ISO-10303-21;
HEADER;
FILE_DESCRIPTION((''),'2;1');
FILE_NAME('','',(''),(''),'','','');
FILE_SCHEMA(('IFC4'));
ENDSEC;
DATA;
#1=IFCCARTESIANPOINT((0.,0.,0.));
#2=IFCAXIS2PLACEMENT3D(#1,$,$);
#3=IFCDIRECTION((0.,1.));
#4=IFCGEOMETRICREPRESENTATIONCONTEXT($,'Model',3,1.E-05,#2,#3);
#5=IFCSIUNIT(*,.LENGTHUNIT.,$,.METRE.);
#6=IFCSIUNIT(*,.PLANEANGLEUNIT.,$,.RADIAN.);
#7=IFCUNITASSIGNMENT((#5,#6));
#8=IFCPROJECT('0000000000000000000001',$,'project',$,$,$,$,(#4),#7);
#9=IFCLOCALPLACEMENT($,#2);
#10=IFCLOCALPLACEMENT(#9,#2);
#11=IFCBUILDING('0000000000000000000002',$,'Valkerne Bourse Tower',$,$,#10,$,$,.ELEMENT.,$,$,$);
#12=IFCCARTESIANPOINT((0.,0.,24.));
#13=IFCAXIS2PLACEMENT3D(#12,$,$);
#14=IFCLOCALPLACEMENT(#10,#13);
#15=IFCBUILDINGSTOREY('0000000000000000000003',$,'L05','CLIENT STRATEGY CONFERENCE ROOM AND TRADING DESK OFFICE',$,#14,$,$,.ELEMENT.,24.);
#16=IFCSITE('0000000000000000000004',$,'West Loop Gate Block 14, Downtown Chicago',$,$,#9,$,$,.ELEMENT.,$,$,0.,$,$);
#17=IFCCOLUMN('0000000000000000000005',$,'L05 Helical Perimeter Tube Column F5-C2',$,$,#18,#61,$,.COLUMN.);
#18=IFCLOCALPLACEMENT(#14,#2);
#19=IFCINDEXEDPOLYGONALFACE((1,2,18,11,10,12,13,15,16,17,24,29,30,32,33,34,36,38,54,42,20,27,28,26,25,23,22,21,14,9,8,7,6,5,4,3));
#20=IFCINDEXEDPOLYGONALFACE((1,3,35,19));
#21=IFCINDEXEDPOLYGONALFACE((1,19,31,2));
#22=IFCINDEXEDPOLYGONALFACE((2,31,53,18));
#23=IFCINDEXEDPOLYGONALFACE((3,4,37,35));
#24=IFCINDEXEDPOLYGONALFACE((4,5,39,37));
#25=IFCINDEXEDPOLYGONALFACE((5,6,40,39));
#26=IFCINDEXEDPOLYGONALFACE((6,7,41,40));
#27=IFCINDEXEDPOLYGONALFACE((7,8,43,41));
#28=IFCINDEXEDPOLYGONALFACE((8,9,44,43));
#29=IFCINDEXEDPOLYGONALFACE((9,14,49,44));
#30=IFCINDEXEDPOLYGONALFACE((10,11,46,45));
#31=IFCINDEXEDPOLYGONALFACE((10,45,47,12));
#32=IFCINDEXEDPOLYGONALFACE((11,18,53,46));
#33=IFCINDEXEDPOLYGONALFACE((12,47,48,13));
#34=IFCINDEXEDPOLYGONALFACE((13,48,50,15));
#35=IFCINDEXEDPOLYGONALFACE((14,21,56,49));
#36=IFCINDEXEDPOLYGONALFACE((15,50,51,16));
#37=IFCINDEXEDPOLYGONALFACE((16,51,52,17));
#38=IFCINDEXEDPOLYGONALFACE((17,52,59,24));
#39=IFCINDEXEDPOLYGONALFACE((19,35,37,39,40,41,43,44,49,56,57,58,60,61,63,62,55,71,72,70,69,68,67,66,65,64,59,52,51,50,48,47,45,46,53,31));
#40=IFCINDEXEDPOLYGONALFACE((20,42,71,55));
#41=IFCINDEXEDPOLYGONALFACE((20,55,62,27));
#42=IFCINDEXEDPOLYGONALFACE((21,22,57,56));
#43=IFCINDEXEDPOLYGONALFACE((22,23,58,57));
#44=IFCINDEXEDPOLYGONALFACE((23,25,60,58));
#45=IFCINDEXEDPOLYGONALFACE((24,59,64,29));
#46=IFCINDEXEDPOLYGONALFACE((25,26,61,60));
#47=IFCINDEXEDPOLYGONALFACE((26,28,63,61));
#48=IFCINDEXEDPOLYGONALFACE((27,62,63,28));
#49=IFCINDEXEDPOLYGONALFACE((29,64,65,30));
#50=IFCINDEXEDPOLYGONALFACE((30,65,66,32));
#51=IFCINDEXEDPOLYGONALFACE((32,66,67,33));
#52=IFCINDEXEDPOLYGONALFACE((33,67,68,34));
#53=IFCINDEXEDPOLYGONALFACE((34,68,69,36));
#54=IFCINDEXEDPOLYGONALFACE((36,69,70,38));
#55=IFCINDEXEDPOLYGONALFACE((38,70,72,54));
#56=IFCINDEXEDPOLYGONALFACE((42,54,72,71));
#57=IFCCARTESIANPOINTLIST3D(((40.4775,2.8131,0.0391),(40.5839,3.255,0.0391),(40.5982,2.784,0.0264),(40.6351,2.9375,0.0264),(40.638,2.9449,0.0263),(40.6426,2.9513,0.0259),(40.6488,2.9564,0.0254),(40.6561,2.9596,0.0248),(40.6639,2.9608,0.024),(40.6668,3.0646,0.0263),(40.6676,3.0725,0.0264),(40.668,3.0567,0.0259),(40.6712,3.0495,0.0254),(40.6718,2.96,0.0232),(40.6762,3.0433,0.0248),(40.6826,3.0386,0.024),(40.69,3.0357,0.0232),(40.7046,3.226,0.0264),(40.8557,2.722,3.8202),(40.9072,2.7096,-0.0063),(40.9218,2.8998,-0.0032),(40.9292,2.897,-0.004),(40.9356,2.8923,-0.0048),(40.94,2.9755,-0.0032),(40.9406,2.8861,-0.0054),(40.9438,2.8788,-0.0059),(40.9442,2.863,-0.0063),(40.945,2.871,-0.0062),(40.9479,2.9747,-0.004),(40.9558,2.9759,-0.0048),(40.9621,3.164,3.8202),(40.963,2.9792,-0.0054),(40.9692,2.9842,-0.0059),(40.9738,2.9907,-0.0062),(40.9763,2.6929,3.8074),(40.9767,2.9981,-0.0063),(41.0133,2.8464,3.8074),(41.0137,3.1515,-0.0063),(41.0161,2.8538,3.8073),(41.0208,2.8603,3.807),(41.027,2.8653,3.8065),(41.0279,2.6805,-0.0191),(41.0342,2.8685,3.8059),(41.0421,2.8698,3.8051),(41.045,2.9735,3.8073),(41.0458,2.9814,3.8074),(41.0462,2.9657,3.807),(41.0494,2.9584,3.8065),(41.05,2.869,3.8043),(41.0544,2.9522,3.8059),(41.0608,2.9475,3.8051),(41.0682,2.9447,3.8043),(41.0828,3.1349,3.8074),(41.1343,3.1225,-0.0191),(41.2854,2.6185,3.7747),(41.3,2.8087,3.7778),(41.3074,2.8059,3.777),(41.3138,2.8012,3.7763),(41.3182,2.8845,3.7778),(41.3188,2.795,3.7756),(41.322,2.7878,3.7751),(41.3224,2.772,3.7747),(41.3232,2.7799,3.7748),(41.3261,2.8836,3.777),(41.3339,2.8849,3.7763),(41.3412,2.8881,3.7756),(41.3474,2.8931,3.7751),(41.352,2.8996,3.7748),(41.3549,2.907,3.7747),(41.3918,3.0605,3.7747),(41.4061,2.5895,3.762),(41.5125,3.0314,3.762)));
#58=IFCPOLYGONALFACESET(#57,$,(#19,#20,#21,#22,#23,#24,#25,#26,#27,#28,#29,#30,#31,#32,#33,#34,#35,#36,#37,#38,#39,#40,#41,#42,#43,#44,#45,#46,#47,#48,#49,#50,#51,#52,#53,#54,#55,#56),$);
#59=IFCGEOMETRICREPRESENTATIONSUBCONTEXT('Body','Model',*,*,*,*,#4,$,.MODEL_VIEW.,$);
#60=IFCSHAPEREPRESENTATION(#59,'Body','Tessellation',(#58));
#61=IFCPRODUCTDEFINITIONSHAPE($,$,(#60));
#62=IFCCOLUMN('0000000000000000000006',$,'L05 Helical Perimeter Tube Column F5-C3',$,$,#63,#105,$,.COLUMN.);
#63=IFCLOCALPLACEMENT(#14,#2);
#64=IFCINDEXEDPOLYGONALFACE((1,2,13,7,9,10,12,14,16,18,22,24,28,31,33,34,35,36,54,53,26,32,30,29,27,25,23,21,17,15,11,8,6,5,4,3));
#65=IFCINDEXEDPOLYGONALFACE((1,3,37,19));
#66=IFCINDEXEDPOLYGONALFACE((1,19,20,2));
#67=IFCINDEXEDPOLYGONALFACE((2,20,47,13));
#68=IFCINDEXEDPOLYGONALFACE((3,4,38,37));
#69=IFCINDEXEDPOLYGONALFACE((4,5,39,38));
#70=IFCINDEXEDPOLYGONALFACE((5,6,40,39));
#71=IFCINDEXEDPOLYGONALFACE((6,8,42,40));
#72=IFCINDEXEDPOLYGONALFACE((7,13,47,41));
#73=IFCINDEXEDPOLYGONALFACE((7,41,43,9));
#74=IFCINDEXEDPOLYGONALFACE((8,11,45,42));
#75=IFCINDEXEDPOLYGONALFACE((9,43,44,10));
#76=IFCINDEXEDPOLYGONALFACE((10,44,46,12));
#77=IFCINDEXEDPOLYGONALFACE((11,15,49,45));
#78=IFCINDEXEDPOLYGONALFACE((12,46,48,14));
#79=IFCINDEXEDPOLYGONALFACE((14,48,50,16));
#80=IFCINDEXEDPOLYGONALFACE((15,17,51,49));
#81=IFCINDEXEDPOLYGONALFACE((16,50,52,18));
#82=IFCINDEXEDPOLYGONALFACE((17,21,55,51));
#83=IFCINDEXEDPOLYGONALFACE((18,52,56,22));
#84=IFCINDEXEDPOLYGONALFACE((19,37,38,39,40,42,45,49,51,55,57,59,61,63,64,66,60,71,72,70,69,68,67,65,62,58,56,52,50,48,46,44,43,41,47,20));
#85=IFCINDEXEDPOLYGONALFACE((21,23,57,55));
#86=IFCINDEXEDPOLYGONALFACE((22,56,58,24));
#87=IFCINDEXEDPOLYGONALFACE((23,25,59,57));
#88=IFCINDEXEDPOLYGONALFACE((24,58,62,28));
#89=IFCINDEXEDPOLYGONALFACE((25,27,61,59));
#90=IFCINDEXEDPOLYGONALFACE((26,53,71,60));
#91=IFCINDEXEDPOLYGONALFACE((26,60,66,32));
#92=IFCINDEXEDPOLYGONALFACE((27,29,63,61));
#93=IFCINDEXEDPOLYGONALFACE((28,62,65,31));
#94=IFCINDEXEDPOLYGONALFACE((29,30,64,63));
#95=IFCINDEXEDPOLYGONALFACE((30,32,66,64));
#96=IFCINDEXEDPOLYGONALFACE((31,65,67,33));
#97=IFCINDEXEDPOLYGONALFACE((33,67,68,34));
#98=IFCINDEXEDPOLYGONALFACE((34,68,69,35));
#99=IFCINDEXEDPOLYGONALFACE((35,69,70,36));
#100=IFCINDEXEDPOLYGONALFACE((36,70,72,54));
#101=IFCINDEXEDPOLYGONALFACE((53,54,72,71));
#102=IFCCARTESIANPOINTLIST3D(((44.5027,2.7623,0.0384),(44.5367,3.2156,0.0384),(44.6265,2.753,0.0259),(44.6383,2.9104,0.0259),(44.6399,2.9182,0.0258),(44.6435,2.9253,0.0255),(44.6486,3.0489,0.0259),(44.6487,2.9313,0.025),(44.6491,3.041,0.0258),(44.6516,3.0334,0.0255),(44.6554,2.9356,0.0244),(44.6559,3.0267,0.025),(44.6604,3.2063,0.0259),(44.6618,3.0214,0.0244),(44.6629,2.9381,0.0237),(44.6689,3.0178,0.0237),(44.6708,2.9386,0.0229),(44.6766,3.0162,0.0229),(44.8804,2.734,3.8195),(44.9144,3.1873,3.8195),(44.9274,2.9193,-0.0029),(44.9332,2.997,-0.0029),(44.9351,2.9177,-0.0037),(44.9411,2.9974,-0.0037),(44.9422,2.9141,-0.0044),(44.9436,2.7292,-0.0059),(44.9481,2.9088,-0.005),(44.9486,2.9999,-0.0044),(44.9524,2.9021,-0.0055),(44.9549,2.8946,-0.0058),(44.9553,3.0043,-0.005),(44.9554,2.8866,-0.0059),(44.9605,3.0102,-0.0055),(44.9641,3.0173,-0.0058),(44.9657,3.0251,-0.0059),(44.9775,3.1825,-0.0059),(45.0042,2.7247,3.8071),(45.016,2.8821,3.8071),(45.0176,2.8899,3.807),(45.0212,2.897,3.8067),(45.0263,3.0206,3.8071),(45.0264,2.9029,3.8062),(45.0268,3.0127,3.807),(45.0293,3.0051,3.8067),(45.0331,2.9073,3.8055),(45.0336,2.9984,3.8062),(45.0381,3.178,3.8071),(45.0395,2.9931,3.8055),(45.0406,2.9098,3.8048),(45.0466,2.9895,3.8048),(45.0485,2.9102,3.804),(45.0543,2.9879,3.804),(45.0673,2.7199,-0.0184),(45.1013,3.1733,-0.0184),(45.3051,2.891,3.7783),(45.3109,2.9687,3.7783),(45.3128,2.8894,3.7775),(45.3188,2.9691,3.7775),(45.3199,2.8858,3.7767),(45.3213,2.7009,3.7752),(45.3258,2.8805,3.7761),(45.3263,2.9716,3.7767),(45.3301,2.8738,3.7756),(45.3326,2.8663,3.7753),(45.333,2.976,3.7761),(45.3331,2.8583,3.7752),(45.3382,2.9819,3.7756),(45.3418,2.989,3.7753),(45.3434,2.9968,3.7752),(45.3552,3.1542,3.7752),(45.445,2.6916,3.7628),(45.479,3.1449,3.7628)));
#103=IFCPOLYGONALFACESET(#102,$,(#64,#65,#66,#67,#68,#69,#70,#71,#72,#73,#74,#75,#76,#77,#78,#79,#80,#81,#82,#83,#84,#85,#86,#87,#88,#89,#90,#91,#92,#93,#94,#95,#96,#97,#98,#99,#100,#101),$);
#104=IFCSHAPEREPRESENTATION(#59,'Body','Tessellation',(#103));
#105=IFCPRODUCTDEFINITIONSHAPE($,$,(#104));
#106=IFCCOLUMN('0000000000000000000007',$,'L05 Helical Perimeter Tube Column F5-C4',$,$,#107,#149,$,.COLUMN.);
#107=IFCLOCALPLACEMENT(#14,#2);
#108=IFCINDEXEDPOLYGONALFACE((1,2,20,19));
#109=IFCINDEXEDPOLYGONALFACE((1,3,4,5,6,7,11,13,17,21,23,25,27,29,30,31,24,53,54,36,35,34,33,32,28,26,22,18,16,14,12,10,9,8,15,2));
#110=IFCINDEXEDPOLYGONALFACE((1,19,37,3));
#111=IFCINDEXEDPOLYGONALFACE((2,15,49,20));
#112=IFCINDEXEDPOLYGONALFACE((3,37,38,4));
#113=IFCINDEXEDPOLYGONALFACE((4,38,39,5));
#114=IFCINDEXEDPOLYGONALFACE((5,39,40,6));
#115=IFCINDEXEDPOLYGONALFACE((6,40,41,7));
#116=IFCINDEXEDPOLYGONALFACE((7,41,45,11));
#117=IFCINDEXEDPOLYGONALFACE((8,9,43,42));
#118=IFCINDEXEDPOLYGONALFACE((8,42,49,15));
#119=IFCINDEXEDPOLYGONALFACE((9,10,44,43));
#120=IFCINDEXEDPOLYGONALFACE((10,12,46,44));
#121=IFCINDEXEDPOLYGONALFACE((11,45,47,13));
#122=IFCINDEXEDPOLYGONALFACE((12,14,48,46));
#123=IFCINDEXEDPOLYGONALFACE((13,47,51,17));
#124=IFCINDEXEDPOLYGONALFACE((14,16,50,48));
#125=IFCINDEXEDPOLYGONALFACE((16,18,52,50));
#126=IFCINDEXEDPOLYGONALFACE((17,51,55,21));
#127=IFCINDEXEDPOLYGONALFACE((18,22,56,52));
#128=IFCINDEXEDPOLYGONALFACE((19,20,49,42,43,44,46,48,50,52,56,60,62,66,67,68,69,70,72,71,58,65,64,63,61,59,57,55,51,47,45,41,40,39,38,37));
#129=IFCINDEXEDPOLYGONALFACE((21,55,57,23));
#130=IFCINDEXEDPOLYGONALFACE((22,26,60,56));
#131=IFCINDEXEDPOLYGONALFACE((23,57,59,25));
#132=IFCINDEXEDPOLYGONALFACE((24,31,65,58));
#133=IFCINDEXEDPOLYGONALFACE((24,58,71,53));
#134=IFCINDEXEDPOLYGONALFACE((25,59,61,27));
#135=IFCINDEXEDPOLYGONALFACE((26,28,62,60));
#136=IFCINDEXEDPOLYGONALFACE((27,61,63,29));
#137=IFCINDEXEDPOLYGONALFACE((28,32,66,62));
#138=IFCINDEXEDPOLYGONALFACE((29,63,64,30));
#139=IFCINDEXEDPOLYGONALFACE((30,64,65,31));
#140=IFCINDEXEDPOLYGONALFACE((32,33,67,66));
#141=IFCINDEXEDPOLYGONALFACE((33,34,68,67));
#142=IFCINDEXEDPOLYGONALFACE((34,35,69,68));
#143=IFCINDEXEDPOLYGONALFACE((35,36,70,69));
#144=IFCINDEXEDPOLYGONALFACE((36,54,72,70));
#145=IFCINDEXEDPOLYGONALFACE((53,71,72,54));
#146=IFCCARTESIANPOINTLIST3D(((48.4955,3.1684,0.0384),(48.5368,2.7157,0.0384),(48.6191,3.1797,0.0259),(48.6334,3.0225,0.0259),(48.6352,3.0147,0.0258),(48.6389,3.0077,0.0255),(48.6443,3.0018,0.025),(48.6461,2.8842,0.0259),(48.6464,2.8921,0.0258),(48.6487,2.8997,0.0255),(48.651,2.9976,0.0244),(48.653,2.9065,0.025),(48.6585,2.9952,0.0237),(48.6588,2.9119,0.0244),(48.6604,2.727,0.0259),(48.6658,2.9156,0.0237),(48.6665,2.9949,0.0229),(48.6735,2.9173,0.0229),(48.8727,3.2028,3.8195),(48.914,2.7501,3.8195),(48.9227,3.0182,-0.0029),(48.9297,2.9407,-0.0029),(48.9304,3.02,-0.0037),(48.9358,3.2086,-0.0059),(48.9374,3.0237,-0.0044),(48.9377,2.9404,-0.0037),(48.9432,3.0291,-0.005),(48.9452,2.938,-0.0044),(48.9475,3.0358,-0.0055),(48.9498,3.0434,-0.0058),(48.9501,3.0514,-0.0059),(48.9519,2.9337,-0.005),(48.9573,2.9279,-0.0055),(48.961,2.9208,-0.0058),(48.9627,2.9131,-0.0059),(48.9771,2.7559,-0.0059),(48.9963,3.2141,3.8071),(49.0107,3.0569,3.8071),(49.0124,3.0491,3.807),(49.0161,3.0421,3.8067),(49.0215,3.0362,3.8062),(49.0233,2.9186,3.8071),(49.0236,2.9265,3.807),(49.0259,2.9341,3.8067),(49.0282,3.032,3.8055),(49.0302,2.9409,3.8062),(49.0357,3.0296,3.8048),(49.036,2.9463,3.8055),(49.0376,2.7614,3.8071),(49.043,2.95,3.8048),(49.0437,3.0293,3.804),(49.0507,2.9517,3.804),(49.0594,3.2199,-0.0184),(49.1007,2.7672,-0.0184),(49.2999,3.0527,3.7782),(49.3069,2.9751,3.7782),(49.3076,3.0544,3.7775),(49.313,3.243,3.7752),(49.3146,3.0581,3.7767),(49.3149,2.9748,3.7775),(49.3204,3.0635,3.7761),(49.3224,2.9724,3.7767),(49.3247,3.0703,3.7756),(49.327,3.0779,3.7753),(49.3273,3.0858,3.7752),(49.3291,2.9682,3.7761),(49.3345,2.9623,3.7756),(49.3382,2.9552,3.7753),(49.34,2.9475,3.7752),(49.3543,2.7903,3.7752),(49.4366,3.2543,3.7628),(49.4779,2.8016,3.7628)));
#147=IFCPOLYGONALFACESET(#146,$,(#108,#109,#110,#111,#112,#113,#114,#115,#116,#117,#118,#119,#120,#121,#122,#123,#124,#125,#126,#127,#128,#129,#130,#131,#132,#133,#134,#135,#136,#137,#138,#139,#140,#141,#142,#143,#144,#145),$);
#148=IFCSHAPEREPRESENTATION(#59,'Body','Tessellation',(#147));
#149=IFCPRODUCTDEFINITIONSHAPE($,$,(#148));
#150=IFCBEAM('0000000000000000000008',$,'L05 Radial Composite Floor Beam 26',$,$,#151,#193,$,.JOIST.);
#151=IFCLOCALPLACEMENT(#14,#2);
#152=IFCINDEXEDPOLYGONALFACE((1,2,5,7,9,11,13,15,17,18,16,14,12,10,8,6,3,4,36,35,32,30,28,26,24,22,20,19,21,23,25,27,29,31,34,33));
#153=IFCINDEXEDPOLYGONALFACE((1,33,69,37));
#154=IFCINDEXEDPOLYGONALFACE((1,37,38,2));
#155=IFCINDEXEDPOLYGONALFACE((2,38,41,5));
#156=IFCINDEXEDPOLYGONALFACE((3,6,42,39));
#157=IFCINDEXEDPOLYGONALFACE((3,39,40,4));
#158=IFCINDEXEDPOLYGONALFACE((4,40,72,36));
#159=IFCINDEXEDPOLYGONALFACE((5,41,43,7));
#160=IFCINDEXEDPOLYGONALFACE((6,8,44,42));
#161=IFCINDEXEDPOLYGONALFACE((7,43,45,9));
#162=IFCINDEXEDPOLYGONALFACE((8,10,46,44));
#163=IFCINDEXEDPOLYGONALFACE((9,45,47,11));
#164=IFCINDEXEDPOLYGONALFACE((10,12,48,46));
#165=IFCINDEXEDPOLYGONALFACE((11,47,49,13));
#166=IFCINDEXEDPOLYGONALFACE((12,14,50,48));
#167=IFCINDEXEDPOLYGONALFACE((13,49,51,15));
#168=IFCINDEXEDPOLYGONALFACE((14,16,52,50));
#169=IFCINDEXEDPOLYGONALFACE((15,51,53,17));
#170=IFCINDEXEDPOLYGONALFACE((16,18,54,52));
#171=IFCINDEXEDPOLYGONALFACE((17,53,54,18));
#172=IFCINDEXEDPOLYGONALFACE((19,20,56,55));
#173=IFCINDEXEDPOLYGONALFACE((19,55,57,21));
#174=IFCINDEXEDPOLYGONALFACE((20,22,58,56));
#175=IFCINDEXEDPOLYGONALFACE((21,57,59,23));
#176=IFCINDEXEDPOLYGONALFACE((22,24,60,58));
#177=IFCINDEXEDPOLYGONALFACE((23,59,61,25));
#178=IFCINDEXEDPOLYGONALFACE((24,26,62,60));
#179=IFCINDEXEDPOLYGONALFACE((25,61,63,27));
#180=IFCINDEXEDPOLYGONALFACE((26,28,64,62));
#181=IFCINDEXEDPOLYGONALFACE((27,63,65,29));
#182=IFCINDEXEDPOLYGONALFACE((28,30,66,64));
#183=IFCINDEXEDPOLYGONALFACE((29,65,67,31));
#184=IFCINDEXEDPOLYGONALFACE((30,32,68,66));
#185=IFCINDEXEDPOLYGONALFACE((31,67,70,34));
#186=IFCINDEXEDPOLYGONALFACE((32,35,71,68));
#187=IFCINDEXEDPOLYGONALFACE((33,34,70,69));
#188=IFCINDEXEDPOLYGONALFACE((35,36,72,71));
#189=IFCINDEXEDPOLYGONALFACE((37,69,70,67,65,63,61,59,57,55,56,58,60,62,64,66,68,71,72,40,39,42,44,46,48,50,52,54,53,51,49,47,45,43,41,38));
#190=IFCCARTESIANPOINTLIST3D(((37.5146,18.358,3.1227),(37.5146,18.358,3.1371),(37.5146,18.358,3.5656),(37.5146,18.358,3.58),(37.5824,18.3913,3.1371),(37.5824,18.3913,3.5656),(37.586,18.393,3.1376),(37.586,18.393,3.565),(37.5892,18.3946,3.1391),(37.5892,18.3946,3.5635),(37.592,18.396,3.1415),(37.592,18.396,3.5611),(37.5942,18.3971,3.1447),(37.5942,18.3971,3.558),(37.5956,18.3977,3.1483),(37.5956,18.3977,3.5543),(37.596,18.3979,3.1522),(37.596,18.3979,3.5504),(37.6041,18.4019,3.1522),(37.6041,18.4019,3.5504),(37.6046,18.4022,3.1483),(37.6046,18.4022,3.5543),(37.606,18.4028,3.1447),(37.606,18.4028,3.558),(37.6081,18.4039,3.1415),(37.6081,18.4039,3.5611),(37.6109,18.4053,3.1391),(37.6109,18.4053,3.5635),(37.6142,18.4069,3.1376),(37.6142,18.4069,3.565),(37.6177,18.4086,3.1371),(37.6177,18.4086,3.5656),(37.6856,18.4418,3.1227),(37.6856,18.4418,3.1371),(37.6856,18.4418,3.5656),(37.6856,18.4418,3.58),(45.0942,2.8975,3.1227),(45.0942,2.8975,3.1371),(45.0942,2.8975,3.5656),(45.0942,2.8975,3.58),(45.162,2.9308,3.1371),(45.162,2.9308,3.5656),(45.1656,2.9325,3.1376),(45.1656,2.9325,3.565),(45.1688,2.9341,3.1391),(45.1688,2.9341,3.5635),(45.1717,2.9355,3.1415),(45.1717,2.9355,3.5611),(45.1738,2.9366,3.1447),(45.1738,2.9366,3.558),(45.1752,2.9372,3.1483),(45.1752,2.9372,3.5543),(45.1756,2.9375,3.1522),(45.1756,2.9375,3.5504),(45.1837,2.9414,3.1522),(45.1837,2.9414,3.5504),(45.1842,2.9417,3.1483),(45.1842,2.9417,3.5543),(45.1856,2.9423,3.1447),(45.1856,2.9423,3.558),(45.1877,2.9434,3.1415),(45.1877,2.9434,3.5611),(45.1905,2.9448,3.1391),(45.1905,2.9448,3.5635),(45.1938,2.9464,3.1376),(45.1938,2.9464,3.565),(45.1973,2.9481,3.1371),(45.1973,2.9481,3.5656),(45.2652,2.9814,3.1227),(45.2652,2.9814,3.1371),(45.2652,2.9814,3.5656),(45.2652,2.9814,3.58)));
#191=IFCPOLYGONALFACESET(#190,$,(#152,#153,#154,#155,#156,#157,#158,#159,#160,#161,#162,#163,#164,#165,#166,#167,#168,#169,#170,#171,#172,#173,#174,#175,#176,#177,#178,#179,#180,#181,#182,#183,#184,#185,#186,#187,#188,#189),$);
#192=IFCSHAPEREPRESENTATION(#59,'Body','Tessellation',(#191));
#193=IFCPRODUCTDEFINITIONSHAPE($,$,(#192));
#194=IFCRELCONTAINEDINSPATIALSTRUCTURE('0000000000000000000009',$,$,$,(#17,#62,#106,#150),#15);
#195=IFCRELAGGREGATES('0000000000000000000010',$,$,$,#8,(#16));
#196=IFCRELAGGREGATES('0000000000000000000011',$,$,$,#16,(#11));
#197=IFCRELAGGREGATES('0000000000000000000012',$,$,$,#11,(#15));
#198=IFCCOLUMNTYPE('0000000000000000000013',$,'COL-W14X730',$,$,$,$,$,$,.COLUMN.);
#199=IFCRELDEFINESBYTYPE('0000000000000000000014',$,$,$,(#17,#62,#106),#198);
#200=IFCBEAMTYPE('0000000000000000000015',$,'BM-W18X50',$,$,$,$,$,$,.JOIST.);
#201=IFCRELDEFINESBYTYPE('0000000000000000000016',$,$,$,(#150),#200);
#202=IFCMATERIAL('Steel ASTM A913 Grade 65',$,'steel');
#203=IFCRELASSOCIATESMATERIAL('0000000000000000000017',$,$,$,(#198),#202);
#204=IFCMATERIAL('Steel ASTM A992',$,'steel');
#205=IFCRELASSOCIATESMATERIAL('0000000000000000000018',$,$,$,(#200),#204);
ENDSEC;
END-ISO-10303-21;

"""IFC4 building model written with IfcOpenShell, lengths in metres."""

from ifc_helpers import new_model, si_unit, direction, frame, origin, origin_2d, place, context, subcontext, project, spatial, i_section, extrude, material, material_profile, profile_set, type_object, element, save


model = new_model("IFC4")

# Units and contexts
model_context = context("Model", 3, precision=1e-05, world=origin(), true_north=direction((0.0, 1.0)))
body_context = subcontext(model_context, "Body", "Model", "MODEL_VIEW")
ifc_project = project(units=[si_unit("LENGTHUNIT", "METRE"), si_unit("PLANEANGLEUNIT", "RADIAN")], contexts=[model_context])

# Site, building, storey
site_placement = place(None, origin())
site = spatial("IfcSite", under=ifc_project, at=site_placement, Name="West Loop Gate Block 14, Downtown Chicago", CompositionType="ELEMENT", RefElevation=0.0)
building_placement = place(site_placement, origin())
building = spatial("IfcBuilding", under=site, at=building_placement, Name="Valkerne Bourse Tower", CompositionType="ELEMENT")
storey_placement = place(building_placement, frame((0.0, 0.0, 24.0)))
storey = spatial("IfcBuildingStorey", under=building, at=storey_placement, Name="L05", Description="CLIENT STRATEGY CONFERENCE ROOM AND TRADING DESK OFFICE", CompositionType="ELEMENT", Elevation=24.0)

# Columns
ifc_material_1 = material(Name="Steel ASTM A913 Grade 65", Category="steel")
ifc_material_profile_1 = material_profile(ifc_material_1, i_section(OverallWidth=0.4546, OverallDepth=0.5691, WebThickness=0.0779, FlangeThickness=0.1248, FilletRadius=0.0305, at=origin_2d()), Name="W14X730")
ifc_profile_set_1 = profile_set([ifc_material_profile_1], Name="Steel ASTM A913 Grade 65")
column_type = type_object("IfcColumnType", Name="COL-W14X730", PredefinedType="COLUMN", material=ifc_profile_set_1)
column_placement = place(storey_placement, frame((40.8059, 2.9678, 0.01), z_axis=(0.099494, -0.023958, 0.99475), x_axis=(0.234109, 0.97221, 0.0)))
element("IfcColumn", 1, at=column_placement, inside=storey, type_object=column_type, Name="L05 Helical Perimeter Tube Column F5-C2", PredefinedType="COLUMN", context=body_context, shape_type="SweptSolid", body=[
    extrude(i_section(OverallWidth=0.4546, OverallDepth=0.5691, WebThickness=0.0779, FlangeThickness=0.1248, FilletRadius=0.0305, at=origin_2d()), origin(), (0.0, 0.0, 1.0), 3.801),
])
for number, where, z_axis, x_axis, name in (
    (2, (44.802, 2.9678, 0.01), (0.099393, -0.007453, 0.99502), (0.074774, 0.997201, 0.0), "L05 Helical Perimeter Tube Column F5-C3"),
    (3, (48.7981, 2.9678, 0.01), (0.099264, 0.009059, 0.99502), (-0.090884, 0.995861, 0.0), "L05 Helical Perimeter Tube Column F5-C4"),
):
    element("IfcColumn", number, at=place(storey_placement, frame(where, z_axis=z_axis, x_axis=x_axis)), inside=storey, type_object=column_type, Name=name, PredefinedType="COLUMN", context=body_context, shape_type="SweptSolid", body=[
        extrude(i_section(OverallWidth=0.4546, OverallDepth=0.5691, WebThickness=0.0779, FlangeThickness=0.1248, FilletRadius=0.0305, at=origin_2d()), origin(), (0.0, 0.0, 1.0), 3.8),
    ])

# Beam
ifc_material_2 = material(Name="Steel ASTM A992", Category="steel")
ifc_material_profile_2 = material_profile(ifc_material_2, i_section(OverallWidth=0.1904, OverallDepth=0.4573, WebThickness=0.009, FlangeThickness=0.0144, FilletRadius=0.0151, at=origin_2d()), Name="W18X50")
ifc_profile_set_2 = profile_set([ifc_material_profile_2], Name="Steel ASTM A992")
beam_type_1 = type_object("IfcBeamType", Name="BM-W18X50", PredefinedType="JOIST", material=ifc_profile_set_2)
beam_1_placement = place(storey_placement, frame((45.1797, 2.9395, 3.3513), z_axis=(-0.440201, 0.897899, 0.0), x_axis=(-0.897899, -0.440201, 0.0)))
element("IfcBeam", 4, at=beam_1_placement, inside=storey, type_object=beam_type_1, Name="L05 Radial Composite Floor Beam 26", PredefinedType="JOIST", context=body_context, shape_type="SweptSolid", body=[
    extrude(i_section(OverallWidth=0.1904, OverallDepth=0.4573, WebThickness=0.009, FlangeThickness=0.0144, FilletRadius=0.0151, at=origin_2d()), origin(), (0.0, 0.0, 1.0), 17.2185),
])

save(model, "model.ifc")
